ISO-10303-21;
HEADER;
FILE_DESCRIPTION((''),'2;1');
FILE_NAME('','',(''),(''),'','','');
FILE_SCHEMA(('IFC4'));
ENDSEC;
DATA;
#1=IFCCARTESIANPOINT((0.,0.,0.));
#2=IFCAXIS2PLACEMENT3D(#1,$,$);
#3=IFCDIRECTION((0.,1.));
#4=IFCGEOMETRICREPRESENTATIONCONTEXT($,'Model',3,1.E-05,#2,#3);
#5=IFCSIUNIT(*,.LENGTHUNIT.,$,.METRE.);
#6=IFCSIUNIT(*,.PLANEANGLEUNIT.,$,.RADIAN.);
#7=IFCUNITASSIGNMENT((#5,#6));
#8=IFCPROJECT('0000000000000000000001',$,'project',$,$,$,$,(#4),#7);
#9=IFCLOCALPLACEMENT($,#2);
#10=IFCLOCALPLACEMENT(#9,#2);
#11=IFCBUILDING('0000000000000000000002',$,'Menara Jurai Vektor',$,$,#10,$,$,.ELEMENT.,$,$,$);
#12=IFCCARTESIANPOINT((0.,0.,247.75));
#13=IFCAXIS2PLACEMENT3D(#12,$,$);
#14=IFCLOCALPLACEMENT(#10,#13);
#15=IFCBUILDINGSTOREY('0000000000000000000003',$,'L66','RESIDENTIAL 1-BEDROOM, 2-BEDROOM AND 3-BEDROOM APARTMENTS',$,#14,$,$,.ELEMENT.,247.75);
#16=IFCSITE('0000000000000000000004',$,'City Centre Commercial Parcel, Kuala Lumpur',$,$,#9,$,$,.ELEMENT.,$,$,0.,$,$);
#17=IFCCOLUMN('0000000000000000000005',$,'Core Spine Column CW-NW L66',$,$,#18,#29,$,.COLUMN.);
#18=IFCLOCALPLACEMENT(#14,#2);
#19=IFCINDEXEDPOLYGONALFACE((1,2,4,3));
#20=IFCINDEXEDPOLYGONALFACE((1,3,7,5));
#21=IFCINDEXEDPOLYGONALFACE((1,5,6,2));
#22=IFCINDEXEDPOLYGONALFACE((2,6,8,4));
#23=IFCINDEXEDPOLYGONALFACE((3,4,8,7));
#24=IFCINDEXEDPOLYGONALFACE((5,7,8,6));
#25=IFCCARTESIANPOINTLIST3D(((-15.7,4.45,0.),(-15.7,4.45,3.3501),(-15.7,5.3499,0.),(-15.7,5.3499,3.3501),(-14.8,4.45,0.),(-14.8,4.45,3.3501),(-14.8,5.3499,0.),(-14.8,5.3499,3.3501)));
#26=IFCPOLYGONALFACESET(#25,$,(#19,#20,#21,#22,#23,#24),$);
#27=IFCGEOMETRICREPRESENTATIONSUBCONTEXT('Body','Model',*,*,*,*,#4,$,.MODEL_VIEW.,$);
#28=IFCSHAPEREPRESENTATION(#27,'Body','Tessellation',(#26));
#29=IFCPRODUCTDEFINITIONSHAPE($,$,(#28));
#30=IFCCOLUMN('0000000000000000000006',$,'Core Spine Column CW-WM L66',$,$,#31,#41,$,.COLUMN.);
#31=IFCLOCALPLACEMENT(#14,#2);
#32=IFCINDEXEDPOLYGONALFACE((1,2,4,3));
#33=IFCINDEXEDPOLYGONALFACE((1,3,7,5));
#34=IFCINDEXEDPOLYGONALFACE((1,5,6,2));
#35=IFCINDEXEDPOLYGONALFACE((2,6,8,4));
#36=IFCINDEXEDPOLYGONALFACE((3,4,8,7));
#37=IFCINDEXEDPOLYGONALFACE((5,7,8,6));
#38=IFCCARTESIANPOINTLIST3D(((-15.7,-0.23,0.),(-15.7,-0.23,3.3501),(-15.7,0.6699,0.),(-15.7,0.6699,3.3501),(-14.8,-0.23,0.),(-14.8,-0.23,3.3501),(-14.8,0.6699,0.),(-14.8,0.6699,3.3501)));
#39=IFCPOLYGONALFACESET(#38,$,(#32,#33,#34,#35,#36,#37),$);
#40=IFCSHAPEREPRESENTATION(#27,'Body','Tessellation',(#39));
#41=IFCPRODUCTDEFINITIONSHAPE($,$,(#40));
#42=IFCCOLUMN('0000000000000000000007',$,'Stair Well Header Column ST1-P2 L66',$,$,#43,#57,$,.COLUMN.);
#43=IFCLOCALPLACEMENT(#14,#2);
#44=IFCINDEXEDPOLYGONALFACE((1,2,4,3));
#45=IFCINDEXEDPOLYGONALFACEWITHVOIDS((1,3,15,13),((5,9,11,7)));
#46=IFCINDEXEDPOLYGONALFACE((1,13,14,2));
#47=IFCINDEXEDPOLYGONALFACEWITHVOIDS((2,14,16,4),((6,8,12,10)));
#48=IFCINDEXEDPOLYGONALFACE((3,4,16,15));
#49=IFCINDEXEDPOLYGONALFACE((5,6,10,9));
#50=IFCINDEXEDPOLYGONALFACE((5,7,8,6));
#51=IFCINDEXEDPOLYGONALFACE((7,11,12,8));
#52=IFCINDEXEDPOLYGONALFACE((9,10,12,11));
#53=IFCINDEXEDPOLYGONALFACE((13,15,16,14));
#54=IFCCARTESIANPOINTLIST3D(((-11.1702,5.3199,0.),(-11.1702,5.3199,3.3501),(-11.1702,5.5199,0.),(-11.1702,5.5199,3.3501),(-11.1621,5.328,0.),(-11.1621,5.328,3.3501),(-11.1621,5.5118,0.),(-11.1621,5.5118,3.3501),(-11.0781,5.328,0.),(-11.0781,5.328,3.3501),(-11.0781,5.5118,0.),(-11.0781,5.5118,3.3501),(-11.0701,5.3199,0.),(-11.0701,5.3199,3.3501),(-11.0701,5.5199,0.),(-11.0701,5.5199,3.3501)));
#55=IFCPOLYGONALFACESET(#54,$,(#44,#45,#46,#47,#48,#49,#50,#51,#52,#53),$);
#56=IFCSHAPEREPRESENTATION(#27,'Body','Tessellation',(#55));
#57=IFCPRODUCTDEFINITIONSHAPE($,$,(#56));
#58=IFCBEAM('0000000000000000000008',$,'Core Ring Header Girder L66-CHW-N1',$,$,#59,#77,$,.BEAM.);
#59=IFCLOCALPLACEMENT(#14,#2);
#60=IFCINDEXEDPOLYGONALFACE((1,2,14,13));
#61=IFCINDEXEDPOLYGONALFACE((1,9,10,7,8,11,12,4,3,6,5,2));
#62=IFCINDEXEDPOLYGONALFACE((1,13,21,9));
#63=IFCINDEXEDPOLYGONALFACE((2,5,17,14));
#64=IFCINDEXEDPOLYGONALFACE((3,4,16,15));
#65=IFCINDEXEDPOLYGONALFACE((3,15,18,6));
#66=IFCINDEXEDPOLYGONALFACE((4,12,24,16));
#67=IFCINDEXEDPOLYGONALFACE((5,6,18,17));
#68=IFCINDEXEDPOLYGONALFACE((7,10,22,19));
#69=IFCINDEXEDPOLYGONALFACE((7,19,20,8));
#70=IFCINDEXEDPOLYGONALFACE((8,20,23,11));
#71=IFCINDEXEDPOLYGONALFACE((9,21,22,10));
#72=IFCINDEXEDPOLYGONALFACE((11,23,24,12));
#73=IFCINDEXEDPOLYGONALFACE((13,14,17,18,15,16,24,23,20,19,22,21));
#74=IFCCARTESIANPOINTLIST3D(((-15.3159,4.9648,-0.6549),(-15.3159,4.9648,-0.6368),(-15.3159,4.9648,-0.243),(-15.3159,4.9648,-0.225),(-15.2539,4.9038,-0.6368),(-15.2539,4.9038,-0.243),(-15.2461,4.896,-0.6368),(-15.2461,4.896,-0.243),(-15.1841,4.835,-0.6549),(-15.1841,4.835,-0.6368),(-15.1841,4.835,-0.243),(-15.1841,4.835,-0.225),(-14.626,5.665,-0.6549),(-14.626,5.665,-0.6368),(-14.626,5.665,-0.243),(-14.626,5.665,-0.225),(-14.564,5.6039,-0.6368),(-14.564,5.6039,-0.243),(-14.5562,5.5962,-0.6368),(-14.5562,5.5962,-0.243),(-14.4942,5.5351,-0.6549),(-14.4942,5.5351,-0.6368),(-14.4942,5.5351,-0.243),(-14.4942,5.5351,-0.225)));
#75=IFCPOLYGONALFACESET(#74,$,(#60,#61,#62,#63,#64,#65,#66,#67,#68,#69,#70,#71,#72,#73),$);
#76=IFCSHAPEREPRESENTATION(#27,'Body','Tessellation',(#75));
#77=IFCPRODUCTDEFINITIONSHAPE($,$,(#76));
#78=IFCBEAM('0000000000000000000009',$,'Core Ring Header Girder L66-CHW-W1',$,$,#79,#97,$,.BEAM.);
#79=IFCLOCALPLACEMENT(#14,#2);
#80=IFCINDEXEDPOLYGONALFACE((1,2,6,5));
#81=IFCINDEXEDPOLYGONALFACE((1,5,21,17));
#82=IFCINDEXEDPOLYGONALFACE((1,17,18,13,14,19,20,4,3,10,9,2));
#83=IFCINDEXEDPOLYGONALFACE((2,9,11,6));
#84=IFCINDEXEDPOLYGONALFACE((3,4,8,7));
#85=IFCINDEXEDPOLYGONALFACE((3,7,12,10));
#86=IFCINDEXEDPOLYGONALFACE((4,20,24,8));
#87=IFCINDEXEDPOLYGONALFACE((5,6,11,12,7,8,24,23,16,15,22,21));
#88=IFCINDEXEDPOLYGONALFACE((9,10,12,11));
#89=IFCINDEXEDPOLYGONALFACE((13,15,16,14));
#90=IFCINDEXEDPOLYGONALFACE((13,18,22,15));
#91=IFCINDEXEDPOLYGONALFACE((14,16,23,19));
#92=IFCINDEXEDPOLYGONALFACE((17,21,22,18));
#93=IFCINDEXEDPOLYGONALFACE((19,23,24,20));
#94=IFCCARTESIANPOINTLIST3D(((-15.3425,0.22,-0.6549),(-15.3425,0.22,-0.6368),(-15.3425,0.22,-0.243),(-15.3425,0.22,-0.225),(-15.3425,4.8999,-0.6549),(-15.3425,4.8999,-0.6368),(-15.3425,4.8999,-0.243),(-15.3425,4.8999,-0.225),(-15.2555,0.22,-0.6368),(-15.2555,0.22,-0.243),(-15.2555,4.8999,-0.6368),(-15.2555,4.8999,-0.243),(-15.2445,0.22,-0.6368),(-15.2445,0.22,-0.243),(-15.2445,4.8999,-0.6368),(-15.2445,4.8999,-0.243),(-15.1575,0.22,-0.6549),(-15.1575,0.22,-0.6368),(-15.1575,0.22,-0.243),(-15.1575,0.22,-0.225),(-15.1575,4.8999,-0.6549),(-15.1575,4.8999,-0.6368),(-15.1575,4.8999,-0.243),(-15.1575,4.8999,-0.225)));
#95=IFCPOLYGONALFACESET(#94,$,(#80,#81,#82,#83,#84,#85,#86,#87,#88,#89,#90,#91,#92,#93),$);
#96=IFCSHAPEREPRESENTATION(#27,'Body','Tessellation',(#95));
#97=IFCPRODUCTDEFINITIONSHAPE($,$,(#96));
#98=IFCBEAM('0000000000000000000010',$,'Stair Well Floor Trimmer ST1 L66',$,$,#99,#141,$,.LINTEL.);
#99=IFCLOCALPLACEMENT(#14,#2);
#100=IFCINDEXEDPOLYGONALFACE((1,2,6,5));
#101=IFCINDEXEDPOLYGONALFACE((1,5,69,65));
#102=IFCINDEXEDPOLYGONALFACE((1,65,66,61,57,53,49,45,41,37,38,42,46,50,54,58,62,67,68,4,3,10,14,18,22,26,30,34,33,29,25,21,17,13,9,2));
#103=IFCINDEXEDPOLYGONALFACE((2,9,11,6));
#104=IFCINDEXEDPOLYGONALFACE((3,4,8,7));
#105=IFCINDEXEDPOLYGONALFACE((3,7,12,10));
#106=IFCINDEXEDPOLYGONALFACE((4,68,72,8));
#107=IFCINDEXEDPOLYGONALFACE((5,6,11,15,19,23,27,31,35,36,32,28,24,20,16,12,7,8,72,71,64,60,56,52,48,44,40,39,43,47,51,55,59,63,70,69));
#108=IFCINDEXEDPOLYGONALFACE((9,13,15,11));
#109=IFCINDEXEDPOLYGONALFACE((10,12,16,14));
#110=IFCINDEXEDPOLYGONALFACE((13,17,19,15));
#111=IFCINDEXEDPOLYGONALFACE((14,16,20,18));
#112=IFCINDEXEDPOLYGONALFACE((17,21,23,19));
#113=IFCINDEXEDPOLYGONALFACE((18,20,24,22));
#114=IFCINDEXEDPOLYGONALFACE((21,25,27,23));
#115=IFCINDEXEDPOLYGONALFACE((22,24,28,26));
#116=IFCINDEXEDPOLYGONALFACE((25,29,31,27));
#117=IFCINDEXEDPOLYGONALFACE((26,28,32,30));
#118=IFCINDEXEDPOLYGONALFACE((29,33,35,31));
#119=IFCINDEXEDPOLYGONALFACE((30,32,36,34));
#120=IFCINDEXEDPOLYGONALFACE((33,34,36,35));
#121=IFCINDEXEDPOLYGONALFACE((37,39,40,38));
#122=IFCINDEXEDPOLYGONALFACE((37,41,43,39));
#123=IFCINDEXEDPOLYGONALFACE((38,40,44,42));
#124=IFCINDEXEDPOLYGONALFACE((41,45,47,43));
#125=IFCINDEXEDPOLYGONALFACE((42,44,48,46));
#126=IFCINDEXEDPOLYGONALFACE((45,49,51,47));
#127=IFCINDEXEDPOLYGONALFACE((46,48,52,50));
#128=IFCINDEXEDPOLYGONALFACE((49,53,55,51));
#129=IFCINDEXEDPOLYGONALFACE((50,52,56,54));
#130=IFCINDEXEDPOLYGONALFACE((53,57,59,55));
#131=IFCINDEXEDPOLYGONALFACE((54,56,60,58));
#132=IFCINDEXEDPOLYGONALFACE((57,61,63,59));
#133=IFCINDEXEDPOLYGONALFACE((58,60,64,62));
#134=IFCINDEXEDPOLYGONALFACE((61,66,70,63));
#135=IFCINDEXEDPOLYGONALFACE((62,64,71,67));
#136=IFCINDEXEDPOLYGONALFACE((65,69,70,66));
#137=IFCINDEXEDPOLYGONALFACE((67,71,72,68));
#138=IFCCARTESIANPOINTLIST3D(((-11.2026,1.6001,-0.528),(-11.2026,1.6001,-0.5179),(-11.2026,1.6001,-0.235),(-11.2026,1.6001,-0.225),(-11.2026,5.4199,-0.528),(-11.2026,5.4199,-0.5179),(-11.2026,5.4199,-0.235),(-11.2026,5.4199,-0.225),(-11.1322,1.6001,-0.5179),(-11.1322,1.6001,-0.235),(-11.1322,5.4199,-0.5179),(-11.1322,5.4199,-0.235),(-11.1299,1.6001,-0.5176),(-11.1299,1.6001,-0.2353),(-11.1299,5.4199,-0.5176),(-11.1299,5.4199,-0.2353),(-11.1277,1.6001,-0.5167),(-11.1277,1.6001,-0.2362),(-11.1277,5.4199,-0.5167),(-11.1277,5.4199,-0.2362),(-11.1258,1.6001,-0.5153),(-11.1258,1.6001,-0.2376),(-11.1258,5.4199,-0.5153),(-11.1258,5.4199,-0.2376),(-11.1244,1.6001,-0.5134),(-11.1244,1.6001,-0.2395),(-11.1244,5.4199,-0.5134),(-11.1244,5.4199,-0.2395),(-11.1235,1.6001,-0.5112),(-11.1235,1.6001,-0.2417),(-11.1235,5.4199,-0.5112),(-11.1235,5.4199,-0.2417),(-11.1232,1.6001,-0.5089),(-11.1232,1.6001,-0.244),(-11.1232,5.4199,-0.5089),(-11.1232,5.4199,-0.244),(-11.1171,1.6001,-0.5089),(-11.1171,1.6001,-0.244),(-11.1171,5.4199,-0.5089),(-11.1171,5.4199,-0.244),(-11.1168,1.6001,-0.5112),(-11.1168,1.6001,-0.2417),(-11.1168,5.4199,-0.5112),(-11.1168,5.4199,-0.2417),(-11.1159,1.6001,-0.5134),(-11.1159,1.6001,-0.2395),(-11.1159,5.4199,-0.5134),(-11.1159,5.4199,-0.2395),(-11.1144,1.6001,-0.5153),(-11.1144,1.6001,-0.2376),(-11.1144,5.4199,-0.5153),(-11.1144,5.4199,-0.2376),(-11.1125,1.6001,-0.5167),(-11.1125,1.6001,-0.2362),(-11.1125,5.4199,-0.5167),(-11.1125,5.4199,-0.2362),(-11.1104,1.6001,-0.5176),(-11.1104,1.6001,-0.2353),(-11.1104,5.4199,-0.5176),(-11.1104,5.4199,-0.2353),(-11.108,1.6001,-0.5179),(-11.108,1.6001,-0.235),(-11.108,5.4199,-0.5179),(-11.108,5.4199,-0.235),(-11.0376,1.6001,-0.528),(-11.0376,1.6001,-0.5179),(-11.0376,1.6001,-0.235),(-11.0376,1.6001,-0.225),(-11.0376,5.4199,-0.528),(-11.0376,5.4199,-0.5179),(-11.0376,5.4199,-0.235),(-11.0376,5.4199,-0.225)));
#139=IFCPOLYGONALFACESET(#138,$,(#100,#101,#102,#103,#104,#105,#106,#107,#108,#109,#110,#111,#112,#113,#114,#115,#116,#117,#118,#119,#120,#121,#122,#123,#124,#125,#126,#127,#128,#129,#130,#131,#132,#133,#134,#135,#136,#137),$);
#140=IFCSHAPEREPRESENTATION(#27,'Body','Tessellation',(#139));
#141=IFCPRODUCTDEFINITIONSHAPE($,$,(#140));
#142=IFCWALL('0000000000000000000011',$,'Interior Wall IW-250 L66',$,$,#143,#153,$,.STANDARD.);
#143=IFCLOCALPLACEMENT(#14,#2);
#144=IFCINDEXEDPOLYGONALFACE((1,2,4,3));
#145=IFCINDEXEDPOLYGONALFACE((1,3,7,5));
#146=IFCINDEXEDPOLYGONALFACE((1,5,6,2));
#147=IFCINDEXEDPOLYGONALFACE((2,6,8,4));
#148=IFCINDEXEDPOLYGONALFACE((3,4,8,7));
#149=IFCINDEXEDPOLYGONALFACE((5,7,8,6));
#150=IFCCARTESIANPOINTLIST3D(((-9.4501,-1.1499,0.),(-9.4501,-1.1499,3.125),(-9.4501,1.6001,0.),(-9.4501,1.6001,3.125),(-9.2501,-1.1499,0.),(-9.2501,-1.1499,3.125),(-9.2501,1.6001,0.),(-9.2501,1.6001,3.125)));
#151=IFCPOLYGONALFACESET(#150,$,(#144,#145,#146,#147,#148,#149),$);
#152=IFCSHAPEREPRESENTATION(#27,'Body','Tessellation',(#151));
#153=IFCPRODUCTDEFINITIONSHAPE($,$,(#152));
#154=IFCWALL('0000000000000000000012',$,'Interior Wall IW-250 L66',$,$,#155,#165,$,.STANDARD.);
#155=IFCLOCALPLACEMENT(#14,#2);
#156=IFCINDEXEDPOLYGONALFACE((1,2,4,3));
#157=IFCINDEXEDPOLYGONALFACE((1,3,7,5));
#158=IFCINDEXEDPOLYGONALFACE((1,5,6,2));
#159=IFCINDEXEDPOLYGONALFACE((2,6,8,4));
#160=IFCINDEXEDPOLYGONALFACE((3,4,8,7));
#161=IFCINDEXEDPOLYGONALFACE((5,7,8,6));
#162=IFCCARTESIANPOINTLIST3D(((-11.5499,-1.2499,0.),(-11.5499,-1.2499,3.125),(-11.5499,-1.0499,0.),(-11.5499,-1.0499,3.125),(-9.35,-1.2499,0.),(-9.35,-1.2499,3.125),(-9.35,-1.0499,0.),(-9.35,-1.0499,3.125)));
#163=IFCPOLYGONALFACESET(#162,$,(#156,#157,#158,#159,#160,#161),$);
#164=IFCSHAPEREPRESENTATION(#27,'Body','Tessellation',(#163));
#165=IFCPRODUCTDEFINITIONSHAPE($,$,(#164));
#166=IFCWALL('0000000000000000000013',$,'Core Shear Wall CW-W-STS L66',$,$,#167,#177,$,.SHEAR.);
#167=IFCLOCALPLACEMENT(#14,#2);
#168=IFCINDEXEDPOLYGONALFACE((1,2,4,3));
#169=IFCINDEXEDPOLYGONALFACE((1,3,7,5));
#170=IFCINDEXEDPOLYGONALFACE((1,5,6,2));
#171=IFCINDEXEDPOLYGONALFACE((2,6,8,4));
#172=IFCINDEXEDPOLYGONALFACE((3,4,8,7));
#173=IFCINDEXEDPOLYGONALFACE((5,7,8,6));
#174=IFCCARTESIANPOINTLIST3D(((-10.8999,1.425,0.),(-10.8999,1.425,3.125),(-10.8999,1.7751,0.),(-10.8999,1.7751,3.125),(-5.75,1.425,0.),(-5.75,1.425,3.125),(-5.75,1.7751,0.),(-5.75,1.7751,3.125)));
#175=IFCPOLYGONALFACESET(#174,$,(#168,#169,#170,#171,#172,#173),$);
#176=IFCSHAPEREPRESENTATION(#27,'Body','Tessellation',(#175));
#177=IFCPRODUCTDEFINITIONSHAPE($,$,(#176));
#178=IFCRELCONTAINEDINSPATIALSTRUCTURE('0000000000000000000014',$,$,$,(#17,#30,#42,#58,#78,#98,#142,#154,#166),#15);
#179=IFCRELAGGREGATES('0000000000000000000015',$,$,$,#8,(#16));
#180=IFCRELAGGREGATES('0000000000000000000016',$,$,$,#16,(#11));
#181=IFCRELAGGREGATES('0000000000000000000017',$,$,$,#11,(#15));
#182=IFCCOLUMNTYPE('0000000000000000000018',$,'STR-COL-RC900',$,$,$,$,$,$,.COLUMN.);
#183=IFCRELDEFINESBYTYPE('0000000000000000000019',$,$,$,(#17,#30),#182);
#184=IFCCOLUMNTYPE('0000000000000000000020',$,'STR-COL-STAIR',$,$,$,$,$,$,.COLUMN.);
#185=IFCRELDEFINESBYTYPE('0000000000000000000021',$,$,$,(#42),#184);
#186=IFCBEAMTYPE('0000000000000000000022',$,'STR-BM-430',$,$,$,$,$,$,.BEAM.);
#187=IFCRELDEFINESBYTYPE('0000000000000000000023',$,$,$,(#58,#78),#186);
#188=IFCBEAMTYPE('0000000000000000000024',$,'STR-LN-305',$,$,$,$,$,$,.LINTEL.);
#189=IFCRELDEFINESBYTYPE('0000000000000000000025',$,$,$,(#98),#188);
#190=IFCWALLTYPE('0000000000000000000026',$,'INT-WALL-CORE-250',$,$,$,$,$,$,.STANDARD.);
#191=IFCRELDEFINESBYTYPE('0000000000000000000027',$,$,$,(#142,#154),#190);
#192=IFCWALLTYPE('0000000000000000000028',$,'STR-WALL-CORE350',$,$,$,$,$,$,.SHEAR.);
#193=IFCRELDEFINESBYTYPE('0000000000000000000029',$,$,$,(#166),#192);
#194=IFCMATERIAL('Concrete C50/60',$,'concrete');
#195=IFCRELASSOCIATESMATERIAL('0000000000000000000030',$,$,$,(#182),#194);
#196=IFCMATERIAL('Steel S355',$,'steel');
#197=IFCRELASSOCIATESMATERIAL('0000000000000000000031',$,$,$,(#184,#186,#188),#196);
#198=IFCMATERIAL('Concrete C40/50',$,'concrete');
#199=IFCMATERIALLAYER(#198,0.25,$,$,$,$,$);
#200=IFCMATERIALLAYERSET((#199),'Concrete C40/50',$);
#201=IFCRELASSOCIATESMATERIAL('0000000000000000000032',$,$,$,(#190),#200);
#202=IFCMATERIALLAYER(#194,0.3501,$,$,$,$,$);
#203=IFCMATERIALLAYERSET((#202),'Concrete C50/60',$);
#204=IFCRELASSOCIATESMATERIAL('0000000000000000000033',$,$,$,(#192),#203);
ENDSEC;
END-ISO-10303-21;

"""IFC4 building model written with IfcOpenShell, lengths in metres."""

from ifc_helpers import new_model, si_unit, direction, frame, frame_2d, origin, origin_2d, place, context, subcontext, project, spatial, rectangle, hollow_rectangle, i_section, extrude, material, layer, layer_set, material_profile, profile_set, type_object, element, save


model = new_model("IFC4")

# Units and contexts
model_context = context("Model", 3, precision=1e-05, world=origin(), true_north=direction((0.0, 1.0)))
body_context = subcontext(model_context, "Body", "Model", "MODEL_VIEW")
ifc_project = project(units=[si_unit("LENGTHUNIT", "METRE"), si_unit("PLANEANGLEUNIT", "RADIAN")], contexts=[model_context])

# Site, building, storey
site_placement = place(None, origin())
site = spatial("IfcSite", under=ifc_project, at=site_placement, Name="City Centre Commercial Parcel, Kuala Lumpur", CompositionType="ELEMENT", RefElevation=0.0)
building_placement = place(site_placement, origin())
building = spatial("IfcBuilding", under=site, at=building_placement, Name="Menara Jurai Vektor", CompositionType="ELEMENT")
storey_placement = place(building_placement, frame((0.0, 0.0, 247.75)))
storey = spatial("IfcBuildingStorey", under=building, at=storey_placement, Name="L66", Description="RESIDENTIAL 1-BEDROOM, 2-BEDROOM AND 3-BEDROOM APARTMENTS", CompositionType="ELEMENT", Elevation=247.75)

# Columns
ifc_material_1 = material(Name="Concrete C50/60", Category="concrete")
ifc_material_profile_1 = material_profile(ifc_material_1, rectangle(XDim=0.8999, YDim=0.8999, at=origin_2d()), Name="RC 900x900")
ifc_profile_set_1 = profile_set([ifc_material_profile_1], Name="Concrete C50/60")
column_type_1 = type_object("IfcColumnType", Name="STR-COL-RC900", PredefinedType="COLUMN", material=ifc_profile_set_1)
for number, where, z_axis, x_axis, name in (
    (1, (-15.25, 4.8999, 0.0), (0.0, 0.0, 1.0), (1.0, 0.0, 0.0), "Core Spine Column CW-NW L66"),
    (2, (-15.25, 0.22, 0.0), (0.0, 0.0, 1.0), (1.0, 0.0, 0.0), "Core Spine Column CW-WM L66"),
):
    element("IfcColumn", number, at=place(storey_placement, frame(where, z_axis=z_axis, x_axis=x_axis)), inside=storey, type_object=column_type_1, Name=name, PredefinedType="COLUMN", context=body_context, shape_type="SweptSolid", body=[
        extrude(rectangle(XDim=0.8999, YDim=0.8999, at=origin_2d()), origin(), (0.0, 0.0, 1.0), 3.3501),
    ])
ifc_material_2 = material(Name="Steel S355", Category="steel")
ifc_material_profile_2 = material_profile(ifc_material_2, hollow_rectangle(XDim=0.1001, YDim=0.2, WallThickness=0.0081, at=origin_2d()), Name="RHS 200x100x8")
ifc_profile_set_2 = profile_set([ifc_material_profile_2], Name="Steel S355")
column_type_2 = type_object("IfcColumnType", Name="STR-COL-STAIR", PredefinedType="COLUMN", material=ifc_profile_set_2)
column_placement = place(storey_placement, frame((-11.1201, 5.4199, 0.0), z_axis=(0.0, 0.0, 1.0), x_axis=(1.0, 0.0, 0.0)))
element("IfcColumn", 3, at=column_placement, inside=storey, type_object=column_type_2, Name="Stair Well Header Column ST1-P2 L66", PredefinedType="COLUMN", context=body_context, shape_type="SweptSolid", body=[
    extrude(hollow_rectangle(XDim=0.1001, YDim=0.2, WallThickness=0.0081, at=origin_2d()), origin(), (0.0, 0.0, 1.0), 3.3501),
])

# Beams
ifc_material_profile_3 = material_profile(ifc_material_2, i_section(OverallWidth=0.1851, OverallDepth=0.4299, WebThickness=0.011, FlangeThickness=0.0181, at=origin_2d()), Name="PG 430x185x76")
ifc_profile_set_3 = profile_set([ifc_material_profile_3], Name="Steel S355")
beam_type_1 = type_object("IfcBeamType", Name="STR-BM-430", PredefinedType="BEAM", material=ifc_profile_set_3)
beam_1_placement = place(storey_placement, frame((-15.25, 4.8999, -0.4399), z_axis=(0.701872, 0.712303, 0.0), x_axis=(-0.712303, 0.701872, 0.0)))
element("IfcBeam", 4, at=beam_1_placement, inside=storey, type_object=beam_type_1, Name="Core Ring Header Girder L66-CHW-N1", PredefinedType="BEAM", context=body_context, shape_type="SweptSolid", body=[
    extrude(i_section(OverallWidth=0.1851, OverallDepth=0.4299, WebThickness=0.011, FlangeThickness=0.0181, at=origin_2d()), origin(), (0.0, 0.0, 1.0), 0.9829),
])
beam_2_placement = place(storey_placement, frame((-15.25, 0.22, -0.4399), z_axis=(0.0, 1.0, 0.0), x_axis=(-1.0, 0.0, 0.0)))
element("IfcBeam", 5, at=beam_2_placement, inside=storey, type_object=beam_type_1, Name="Core Ring Header Girder L66-CHW-W1", PredefinedType="BEAM", context=body_context, shape_type="SweptSolid", body=[
    extrude(i_section(OverallWidth=0.1851, OverallDepth=0.4299, WebThickness=0.011, FlangeThickness=0.0181, at=origin_2d()), origin(), (0.0, 0.0, 1.0), 4.6799),
])
ifc_material_profile_4 = material_profile(ifc_material_2, i_section(OverallWidth=0.165, OverallDepth=0.303, WebThickness=0.0061, FlangeThickness=0.01, FilletRadius=0.009, at=origin_2d()), Name="UKB 305x165x40")
ifc_profile_set_4 = profile_set([ifc_material_profile_4], Name="Steel S355")
beam_type_2 = type_object("IfcBeamType", Name="STR-LN-305", PredefinedType="LINTEL", material=ifc_profile_set_4)
beam_3_placement = place(storey_placement, frame((-11.1201, 1.6001, -0.3765), z_axis=(0.0, 1.0, 0.0), x_axis=(-1.0, 0.0, 0.0)))
element("IfcBeam", 6, at=beam_3_placement, inside=storey, type_object=beam_type_2, Name="Stair Well Floor Trimmer ST1 L66", PredefinedType="LINTEL", context=body_context, shape_type="SweptSolid", body=[
    extrude(i_section(OverallWidth=0.165, OverallDepth=0.303, WebThickness=0.0061, FlangeThickness=0.01, FilletRadius=0.009, at=origin_2d()), origin(), (0.0, 0.0, 1.0), 3.8198),
])

# Shared definitions
ifc_material_3 = material(Name="Concrete C40/50", Category="concrete")
ifc_layer_1 = layer(ifc_material_3, 0.25)
ifc_layer_set_1 = layer_set([ifc_layer_1], Name="Concrete C40/50")
wall_type_1 = type_object("IfcWallType", Name="INT-WALL-CORE-250", PredefinedType="STANDARD", material=ifc_layer_set_1)

# Walls
wall_1_placement = place(storey_placement, frame((-9.3501, -1.1499, 0.0), z_axis=(0.0, 0.0, 1.0), x_axis=(0.0, 1.0, 0.0)))
element("IfcWall", 7, at=wall_1_placement, inside=storey, type_object=wall_type_1, Name="Interior Wall IW-250 L66", PredefinedType="STANDARD", context=body_context, shape_type="SweptSolid", body=[
    extrude(rectangle(XDim=2.75, YDim=0.2, at=frame_2d((1.375, 0.0))), origin(), (0.0, 0.0, 1.0), 3.125),
])
wall_2_placement = place(storey_placement, frame((-11.55, -1.1499, 0.0), z_axis=(0.0, 0.0, 1.0), x_axis=(1.0, 0.0, 0.0)))
element("IfcWall", 8, at=wall_2_placement, inside=storey, type_object=wall_type_1, Name="Interior Wall IW-250 L66", PredefinedType="STANDARD", context=body_context, shape_type="SweptSolid", body=[
    extrude(rectangle(XDim=2.2, YDim=0.2, at=frame_2d((1.1001, 0.0))), origin(), (0.0, 0.0, 1.0), 3.125),
])
ifc_layer_2 = layer(ifc_material_1, 0.3501)
ifc_layer_set_2 = layer_set([ifc_layer_2], Name="Concrete C50/60")
wall_type_2 = type_object("IfcWallType", Name="STR-WALL-CORE350", PredefinedType="SHEAR", material=ifc_layer_set_2)
wall_3_placement = place(storey_placement, frame((-10.8999, 1.6001, 0.0), z_axis=(0.0, 0.0, 1.0), x_axis=(1.0, 0.0, 0.0)))
element("IfcWall", 9, at=wall_3_placement, inside=storey, type_object=wall_type_2, Name="Core Shear Wall CW-W-STS L66", PredefinedType="SHEAR", context=body_context, shape_type="SweptSolid", body=[
    extrude(rectangle(XDim=5.1499, YDim=0.3501, at=frame_2d((2.575, 0.0))), origin(), (0.0, 0.0, 1.0), 3.125),
])

save(model, "model.ifc")
